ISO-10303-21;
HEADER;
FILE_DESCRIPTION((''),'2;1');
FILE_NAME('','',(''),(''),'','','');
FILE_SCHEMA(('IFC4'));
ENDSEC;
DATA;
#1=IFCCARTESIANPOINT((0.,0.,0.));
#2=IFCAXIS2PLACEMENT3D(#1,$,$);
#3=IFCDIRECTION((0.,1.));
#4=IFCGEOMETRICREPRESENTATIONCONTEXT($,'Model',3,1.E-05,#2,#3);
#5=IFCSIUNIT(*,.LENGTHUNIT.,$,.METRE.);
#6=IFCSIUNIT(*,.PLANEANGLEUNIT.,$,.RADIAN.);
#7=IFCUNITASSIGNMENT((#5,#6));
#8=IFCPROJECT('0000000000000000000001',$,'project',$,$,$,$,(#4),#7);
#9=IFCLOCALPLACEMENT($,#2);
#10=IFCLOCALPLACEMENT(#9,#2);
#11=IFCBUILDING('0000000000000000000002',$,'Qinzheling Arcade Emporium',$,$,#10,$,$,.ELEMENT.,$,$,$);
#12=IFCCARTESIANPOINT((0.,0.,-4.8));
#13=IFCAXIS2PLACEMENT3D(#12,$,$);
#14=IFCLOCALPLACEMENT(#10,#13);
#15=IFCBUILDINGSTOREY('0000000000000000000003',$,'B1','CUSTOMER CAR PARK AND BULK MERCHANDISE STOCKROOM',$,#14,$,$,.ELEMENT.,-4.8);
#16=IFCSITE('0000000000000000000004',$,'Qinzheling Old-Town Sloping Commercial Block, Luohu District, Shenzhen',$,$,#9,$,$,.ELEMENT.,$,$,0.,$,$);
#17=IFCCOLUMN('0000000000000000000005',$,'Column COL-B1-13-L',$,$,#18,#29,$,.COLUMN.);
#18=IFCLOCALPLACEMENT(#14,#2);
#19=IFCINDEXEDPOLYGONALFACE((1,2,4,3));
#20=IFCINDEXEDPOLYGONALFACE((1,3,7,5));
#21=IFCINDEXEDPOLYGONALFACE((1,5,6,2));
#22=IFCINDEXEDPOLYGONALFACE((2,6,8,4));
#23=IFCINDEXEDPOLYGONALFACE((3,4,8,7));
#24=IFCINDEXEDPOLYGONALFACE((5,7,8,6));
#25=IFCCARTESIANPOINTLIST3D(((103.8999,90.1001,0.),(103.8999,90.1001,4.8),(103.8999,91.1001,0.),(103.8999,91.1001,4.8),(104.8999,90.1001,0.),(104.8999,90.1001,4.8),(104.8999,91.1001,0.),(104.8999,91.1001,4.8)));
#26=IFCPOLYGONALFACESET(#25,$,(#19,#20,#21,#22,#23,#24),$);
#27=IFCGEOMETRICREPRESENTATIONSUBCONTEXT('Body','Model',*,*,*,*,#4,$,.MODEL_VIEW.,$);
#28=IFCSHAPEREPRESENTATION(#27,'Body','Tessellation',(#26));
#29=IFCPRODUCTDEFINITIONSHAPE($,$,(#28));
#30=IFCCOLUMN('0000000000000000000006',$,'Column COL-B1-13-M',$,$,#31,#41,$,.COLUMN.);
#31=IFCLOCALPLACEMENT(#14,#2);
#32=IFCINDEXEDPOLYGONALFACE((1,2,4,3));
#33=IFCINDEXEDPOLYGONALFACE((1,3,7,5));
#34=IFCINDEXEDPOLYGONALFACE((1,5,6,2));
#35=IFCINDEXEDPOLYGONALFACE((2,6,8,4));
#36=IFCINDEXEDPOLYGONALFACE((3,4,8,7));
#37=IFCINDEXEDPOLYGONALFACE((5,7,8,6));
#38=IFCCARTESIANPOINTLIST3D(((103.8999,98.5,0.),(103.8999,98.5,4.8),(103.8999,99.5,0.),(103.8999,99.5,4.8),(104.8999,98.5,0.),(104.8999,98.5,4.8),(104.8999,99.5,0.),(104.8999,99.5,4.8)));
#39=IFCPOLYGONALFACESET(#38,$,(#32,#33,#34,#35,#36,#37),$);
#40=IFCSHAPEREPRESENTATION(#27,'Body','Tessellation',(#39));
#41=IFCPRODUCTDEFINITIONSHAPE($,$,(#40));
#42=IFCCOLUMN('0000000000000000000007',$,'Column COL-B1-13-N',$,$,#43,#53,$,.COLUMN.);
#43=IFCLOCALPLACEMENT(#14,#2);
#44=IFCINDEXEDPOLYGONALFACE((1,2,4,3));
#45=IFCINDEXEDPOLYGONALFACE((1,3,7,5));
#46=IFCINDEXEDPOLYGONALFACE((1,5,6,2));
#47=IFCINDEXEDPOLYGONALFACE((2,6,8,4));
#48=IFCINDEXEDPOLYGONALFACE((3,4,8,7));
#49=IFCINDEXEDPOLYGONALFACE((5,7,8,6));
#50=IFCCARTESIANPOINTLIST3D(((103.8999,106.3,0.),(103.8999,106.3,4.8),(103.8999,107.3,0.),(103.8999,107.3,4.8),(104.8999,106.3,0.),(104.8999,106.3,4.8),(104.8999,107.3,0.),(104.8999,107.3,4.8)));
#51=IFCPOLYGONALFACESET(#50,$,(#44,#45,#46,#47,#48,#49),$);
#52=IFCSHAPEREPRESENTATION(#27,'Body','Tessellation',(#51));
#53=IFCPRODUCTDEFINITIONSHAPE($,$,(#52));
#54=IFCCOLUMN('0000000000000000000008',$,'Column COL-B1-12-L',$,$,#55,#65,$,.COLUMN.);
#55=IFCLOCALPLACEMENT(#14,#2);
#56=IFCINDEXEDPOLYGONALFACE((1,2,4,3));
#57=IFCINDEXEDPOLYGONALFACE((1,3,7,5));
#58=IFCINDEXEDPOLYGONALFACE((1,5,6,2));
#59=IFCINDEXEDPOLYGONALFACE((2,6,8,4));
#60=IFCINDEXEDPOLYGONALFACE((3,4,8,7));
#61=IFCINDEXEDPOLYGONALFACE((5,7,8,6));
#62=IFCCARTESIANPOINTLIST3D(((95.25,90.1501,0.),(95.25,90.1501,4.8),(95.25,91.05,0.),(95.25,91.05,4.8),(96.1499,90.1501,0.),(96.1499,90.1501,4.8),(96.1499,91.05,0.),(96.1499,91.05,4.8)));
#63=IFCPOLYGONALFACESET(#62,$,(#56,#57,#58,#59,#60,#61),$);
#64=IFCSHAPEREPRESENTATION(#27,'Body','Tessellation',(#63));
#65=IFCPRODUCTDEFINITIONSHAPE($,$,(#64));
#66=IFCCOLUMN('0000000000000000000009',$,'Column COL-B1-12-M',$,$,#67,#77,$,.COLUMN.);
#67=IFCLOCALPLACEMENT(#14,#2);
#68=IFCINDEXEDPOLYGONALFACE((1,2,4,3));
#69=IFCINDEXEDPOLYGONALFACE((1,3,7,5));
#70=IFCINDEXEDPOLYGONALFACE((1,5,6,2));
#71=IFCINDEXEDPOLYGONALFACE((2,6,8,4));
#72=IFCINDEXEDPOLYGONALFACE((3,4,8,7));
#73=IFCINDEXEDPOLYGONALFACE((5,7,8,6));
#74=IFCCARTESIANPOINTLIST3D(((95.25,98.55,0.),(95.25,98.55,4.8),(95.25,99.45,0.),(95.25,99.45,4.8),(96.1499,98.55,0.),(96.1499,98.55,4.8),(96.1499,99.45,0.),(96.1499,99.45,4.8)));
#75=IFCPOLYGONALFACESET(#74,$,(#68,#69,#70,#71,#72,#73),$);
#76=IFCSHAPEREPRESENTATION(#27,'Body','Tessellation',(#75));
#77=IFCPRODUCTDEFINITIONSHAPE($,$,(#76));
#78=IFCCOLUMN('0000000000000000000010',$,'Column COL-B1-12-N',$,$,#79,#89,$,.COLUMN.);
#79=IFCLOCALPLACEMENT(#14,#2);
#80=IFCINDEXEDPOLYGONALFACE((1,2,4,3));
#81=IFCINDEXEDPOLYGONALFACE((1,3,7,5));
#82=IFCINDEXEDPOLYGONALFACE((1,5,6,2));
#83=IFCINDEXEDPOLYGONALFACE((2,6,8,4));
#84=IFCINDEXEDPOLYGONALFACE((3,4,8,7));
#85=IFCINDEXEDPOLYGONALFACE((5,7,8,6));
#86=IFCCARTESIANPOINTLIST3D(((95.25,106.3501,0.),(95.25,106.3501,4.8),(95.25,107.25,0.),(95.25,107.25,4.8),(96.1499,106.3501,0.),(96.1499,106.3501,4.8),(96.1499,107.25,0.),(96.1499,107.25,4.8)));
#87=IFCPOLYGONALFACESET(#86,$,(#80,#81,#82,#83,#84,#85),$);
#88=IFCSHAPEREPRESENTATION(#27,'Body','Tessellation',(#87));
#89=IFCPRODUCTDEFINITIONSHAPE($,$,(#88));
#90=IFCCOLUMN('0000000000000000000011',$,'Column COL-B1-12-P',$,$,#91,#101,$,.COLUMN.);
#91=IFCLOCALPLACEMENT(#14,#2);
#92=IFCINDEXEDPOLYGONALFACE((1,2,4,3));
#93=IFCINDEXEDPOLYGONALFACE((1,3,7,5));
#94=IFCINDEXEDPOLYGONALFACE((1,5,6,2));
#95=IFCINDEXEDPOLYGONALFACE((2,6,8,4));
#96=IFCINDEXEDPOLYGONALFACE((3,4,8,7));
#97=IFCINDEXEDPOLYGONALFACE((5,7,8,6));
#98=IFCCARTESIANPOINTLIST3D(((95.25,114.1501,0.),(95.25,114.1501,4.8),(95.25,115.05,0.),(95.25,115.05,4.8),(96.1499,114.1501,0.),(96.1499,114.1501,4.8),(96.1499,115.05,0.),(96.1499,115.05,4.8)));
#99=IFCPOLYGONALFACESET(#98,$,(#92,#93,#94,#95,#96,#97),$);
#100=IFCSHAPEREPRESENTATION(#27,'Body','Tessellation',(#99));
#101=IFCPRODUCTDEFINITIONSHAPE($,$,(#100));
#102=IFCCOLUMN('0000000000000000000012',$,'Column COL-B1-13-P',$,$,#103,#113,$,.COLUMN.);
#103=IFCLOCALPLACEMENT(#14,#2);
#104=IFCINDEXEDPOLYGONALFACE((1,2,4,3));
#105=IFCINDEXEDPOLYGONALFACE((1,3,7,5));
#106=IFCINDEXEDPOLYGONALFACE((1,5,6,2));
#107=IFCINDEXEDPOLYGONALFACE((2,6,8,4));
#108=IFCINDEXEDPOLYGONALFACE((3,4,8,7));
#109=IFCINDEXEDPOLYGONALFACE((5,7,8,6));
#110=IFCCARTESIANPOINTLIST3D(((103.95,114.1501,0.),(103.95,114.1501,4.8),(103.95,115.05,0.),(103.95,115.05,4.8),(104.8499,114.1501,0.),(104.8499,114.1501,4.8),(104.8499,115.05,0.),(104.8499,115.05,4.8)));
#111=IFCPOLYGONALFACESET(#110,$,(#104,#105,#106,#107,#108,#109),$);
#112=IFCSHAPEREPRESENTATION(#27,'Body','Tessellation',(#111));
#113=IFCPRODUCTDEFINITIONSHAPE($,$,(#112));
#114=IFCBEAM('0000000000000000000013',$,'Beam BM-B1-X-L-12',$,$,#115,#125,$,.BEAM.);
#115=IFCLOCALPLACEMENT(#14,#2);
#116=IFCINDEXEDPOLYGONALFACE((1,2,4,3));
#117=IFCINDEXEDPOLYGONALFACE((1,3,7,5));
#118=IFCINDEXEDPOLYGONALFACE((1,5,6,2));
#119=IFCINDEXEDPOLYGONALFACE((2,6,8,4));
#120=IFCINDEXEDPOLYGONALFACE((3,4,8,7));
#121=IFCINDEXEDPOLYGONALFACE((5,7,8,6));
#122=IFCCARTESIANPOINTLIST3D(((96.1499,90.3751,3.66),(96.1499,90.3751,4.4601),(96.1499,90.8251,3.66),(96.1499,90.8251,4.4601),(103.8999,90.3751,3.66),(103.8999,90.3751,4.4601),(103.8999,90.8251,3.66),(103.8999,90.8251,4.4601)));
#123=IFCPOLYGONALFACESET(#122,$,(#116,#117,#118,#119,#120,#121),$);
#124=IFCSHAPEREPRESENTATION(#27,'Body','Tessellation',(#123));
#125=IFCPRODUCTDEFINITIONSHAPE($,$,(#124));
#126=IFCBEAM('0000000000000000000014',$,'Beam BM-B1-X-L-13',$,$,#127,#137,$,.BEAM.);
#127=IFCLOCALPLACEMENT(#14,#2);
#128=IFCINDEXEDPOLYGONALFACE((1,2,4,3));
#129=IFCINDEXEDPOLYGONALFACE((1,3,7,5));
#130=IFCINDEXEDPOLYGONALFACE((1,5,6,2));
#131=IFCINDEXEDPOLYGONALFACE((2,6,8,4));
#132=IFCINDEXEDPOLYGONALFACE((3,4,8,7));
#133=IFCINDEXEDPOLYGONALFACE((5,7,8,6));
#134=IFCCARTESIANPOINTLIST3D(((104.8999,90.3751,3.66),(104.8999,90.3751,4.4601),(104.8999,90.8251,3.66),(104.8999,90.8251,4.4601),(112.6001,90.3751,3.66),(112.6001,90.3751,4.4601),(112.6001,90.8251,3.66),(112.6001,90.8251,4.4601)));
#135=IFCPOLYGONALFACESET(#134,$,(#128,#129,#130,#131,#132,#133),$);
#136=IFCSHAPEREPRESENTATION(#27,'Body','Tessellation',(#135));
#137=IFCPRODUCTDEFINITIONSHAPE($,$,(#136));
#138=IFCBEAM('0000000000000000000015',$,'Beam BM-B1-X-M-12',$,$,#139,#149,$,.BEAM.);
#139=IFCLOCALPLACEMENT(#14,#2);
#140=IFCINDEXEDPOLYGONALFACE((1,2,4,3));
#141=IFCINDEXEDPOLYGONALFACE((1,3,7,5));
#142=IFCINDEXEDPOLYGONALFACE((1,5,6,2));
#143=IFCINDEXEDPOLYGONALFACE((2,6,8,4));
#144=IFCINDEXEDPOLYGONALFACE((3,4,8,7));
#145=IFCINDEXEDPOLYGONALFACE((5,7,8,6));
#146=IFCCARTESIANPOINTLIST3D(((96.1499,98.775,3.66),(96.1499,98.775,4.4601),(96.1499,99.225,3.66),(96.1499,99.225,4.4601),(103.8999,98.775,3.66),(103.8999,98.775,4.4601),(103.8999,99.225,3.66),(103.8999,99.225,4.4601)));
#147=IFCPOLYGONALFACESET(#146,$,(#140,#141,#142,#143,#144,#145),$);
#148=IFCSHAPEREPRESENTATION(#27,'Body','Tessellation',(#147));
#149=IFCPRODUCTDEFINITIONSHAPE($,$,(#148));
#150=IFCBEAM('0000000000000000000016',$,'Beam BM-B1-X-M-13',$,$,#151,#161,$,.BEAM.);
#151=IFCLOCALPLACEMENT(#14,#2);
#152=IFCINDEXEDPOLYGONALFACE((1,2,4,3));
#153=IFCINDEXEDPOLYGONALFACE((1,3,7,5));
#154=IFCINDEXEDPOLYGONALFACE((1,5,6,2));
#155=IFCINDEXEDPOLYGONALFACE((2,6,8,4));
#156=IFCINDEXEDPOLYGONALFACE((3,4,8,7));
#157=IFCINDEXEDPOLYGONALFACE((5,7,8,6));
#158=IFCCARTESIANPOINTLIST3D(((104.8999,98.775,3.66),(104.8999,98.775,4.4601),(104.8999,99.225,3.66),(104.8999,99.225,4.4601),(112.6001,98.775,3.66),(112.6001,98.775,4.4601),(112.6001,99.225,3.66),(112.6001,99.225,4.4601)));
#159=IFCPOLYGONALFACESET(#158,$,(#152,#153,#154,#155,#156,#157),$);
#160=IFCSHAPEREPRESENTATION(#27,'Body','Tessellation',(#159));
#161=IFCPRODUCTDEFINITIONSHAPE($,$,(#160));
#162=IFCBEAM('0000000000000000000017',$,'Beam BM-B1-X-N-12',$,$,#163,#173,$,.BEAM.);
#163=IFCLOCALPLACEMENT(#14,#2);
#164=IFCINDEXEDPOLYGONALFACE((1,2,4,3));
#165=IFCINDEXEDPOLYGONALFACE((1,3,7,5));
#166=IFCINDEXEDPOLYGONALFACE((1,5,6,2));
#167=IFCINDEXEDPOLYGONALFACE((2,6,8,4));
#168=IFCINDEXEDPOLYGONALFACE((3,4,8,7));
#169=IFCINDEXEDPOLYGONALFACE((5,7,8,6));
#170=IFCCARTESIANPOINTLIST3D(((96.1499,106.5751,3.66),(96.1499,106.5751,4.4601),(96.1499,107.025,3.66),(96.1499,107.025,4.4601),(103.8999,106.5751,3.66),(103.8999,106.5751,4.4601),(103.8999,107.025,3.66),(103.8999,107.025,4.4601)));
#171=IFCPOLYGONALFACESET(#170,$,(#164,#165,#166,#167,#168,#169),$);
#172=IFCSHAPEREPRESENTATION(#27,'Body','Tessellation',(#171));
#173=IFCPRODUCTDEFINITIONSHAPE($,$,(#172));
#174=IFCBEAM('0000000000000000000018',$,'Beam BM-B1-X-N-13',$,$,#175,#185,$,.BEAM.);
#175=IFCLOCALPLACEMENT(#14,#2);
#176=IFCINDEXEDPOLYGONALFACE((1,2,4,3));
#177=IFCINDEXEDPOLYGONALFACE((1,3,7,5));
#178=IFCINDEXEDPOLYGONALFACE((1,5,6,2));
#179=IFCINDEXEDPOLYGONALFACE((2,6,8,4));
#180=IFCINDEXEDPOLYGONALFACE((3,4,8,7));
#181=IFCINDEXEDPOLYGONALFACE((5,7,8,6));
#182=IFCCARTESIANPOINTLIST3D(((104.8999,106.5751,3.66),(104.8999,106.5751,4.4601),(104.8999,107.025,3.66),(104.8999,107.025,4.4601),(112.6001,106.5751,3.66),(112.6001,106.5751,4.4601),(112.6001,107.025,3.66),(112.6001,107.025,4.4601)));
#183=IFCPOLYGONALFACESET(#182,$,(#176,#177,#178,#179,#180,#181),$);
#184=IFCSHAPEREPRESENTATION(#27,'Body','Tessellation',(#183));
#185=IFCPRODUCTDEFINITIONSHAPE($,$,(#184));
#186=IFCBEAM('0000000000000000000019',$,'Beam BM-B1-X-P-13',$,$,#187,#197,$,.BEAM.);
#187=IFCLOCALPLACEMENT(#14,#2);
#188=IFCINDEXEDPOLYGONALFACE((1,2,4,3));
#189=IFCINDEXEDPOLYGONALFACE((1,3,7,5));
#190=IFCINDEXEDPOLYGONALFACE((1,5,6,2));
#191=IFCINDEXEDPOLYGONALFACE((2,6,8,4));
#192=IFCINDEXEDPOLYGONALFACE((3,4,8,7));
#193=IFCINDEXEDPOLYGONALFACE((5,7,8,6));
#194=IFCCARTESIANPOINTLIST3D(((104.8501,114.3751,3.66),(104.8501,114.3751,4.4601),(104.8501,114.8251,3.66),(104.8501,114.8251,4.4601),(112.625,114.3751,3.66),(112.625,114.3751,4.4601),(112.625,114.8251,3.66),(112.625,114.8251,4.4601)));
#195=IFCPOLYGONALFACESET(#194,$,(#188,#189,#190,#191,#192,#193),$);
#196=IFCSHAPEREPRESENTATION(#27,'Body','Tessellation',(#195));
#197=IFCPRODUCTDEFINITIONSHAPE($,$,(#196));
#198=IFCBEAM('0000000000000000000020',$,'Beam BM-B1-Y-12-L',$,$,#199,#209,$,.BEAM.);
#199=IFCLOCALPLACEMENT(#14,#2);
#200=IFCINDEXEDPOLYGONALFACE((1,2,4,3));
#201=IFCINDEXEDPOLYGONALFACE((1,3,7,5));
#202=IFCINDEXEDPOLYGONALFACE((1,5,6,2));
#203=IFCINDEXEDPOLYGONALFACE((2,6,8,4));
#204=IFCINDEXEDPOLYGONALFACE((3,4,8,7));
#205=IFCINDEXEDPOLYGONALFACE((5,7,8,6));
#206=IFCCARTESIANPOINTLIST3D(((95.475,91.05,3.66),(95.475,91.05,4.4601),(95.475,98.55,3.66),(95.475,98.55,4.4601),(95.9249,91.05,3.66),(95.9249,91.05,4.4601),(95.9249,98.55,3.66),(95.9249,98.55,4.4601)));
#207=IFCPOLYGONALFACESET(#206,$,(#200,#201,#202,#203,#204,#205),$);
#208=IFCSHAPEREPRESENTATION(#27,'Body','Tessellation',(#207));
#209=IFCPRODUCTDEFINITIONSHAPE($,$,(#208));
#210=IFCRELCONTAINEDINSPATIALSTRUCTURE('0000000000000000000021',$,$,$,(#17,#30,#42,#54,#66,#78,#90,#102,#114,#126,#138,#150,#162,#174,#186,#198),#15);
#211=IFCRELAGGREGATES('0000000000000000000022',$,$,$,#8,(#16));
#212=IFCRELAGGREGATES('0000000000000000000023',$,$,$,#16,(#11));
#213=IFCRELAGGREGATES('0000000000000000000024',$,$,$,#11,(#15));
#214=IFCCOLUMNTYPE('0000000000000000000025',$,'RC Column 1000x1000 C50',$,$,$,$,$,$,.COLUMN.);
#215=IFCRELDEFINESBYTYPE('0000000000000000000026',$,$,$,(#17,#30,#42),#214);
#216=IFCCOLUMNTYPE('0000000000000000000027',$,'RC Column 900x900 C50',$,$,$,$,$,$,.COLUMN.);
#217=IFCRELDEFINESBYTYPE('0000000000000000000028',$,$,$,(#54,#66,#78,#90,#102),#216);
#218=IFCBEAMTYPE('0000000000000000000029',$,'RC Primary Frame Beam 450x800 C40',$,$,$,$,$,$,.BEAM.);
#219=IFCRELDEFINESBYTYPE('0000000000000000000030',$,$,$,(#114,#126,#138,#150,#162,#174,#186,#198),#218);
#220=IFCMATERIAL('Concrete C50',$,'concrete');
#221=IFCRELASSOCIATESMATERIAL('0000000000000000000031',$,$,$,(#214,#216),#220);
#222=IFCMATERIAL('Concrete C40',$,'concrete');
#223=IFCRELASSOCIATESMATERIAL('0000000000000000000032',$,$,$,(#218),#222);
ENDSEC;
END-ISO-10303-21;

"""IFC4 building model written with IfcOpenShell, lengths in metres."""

from ifc_helpers import new_model, si_unit, direction, frame, origin, origin_2d, place, context, subcontext, project, spatial, rectangle, extrude, material, material_profile, profile_set, type_object, element, save


model = new_model("IFC4")

# Units and contexts
model_context = context("Model", 3, precision=1e-05, world=origin(), true_north=direction((0.0, 1.0)))
body_context = subcontext(model_context, "Body", "Model", "MODEL_VIEW")
ifc_project = project(units=[si_unit("LENGTHUNIT", "METRE"), si_unit("PLANEANGLEUNIT", "RADIAN")], contexts=[model_context])

# Site, building, storey
site_placement = place(None, origin())
site = spatial("IfcSite", under=ifc_project, at=site_placement, Name="Qinzheling Old-Town Sloping Commercial Block, Luohu District, Shenzhen", CompositionType="ELEMENT", RefElevation=0.0)
building_placement = place(site_placement, origin())
building = spatial("IfcBuilding", under=site, at=building_placement, Name="Qinzheling Arcade Emporium", CompositionType="ELEMENT")
storey_placement = place(building_placement, frame((0.0, 0.0, -4.8)))
storey = spatial("IfcBuildingStorey", under=building, at=storey_placement, Name="B1", Description="CUSTOMER CAR PARK AND BULK MERCHANDISE STOCKROOM", CompositionType="ELEMENT", Elevation=-4.8)

# Columns
ifc_material_1 = material(Name="Concrete C50", Category="concrete")
ifc_material_profile_1 = material_profile(ifc_material_1, rectangle(XDim=1.0, YDim=1.0, at=origin_2d()), Name="RC 1000x1000", Category="concrete")
ifc_profile_set_1 = profile_set([ifc_material_profile_1], Name="Concrete C50")
column_type_1 = type_object("IfcColumnType", Name="RC Column 1000x1000 C50", PredefinedType="COLUMN", material=ifc_profile_set_1)
for number, where, z_axis, x_axis, name in (
    (1, (104.3999, 90.6001, 0.0), (0.0, 0.0, 1.0), (1.0, 0.0, 0.0), "Column COL-B1-13-L"),
    (2, (104.3999, 99.0, 0.0), (0.0, 0.0, 1.0), (1.0, 0.0, 0.0), "Column COL-B1-13-M"),
    (3, (104.3999, 106.8, 0.0), (0.0, 0.0, 1.0), (1.0, 0.0, 0.0), "Column COL-B1-13-N"),
):
    element("IfcColumn", number, at=place(storey_placement, frame(where, z_axis=z_axis, x_axis=x_axis)), inside=storey, type_object=column_type_1, Name=name, PredefinedType="COLUMN", context=body_context, shape_type="SweptSolid", body=[
        extrude(rectangle(XDim=1.0, YDim=1.0, at=origin_2d()), origin(), (0.0, 0.0, 1.0), 4.8),
    ])
ifc_material_profile_2 = material_profile(ifc_material_1, rectangle(XDim=0.8999, YDim=0.8999, at=origin_2d()), Name="RC 900x900", Category="concrete")
ifc_profile_set_2 = profile_set([ifc_material_profile_2], Name="Concrete C50")
column_type_2 = type_object("IfcColumnType", Name="RC Column 900x900 C50", PredefinedType="COLUMN", material=ifc_profile_set_2)
for number, where, z_axis, x_axis, name in (
    (4, (95.7, 90.6001, 0.0), (0.0, 0.0, 1.0), (1.0, 0.0, 0.0), "Column COL-B1-12-L"),
    (5, (95.7, 99.0, 0.0), (0.0, 0.0, 1.0), (1.0, 0.0, 0.0), "Column COL-B1-12-M"),
    (6, (95.7, 106.8, 0.0), (0.0, 0.0, 1.0), (1.0, 0.0, 0.0), "Column COL-B1-12-N"),
    (7, (95.7, 114.6001, 0.0), (0.0, 0.0, 1.0), (1.0, 0.0, 0.0), "Column COL-B1-12-P"),
    (8, (104.3999, 114.6001, 0.0), (0.0, 0.0, 1.0), (1.0, 0.0, 0.0), "Column COL-B1-13-P"),
):
    element("IfcColumn", number, at=place(storey_placement, frame(where, z_axis=z_axis, x_axis=x_axis)), inside=storey, type_object=column_type_2, Name=name, PredefinedType="COLUMN", context=body_context, shape_type="SweptSolid", body=[
        extrude(rectangle(XDim=0.8999, YDim=0.8999, at=origin_2d()), origin(), (0.0, 0.0, 1.0), 4.8),
    ])

# Beams
ifc_material_2 = material(Name="Concrete C40", Category="concrete")
ifc_material_profile_3 = material_profile(ifc_material_2, rectangle(XDim=0.45, YDim=0.8, at=origin_2d()), Name="RC 450x800", Category="concrete")
ifc_profile_set_3 = profile_set([ifc_material_profile_3], Name="Concrete C40")
beam_type_1 = type_object("IfcBeamType", Name="RC Primary Frame Beam 450x800 C40", PredefinedType="BEAM", material=ifc_profile_set_3)
beam_1_placement = place(storey_placement, frame((96.1499, 90.6001, 4.0601), z_axis=(1.0, 0.0, 0.0), x_axis=(0.0, 1.0, 0.0)))
element("IfcBeam", 9, at=beam_1_placement, inside=storey, type_object=beam_type_1, Name="Beam BM-B1-X-L-12", PredefinedType="BEAM", context=body_context, shape_type="SweptSolid", body=[
    extrude(rectangle(XDim=0.45, YDim=0.8, at=origin_2d()), origin(), (0.0, 0.0, 1.0), 7.75),
])
beam_2_placement = place(storey_placement, frame((104.8999, 90.6001, 4.0601), z_axis=(1.0, 0.0, 0.0), x_axis=(0.0, 1.0, 0.0)))
element("IfcBeam", 10, at=beam_2_placement, inside=storey, type_object=beam_type_1, Name="Beam BM-B1-X-L-13", PredefinedType="BEAM", context=body_context, shape_type="SweptSolid", body=[
    extrude(rectangle(XDim=0.45, YDim=0.8, at=origin_2d()), origin(), (0.0, 0.0, 1.0), 7.7002),
])
beam_3_placement = place(storey_placement, frame((96.1499, 99.0, 4.0601), z_axis=(1.0, 0.0, 0.0), x_axis=(0.0, 1.0, 0.0)))
element("IfcBeam", 11, at=beam_3_placement, inside=storey, type_object=beam_type_1, Name="Beam BM-B1-X-M-12", PredefinedType="BEAM", context=body_context, shape_type="SweptSolid", body=[
    extrude(rectangle(XDim=0.45, YDim=0.8, at=origin_2d()), origin(), (0.0, 0.0, 1.0), 7.75),
])
beam_4_placement = place(storey_placement, frame((104.8999, 99.0, 4.0601), z_axis=(1.0, 0.0, 0.0), x_axis=(0.0, 1.0, 0.0)))
element("IfcBeam", 12, at=beam_4_placement, inside=storey, type_object=beam_type_1, Name="Beam BM-B1-X-M-13", PredefinedType="BEAM", context=body_context, shape_type="SweptSolid", body=[
    extrude(rectangle(XDim=0.45, YDim=0.8, at=origin_2d()), origin(), (0.0, 0.0, 1.0), 7.7002),
])
beam_5_placement = place(storey_placement, frame((96.1499, 106.8, 4.0601), z_axis=(1.0, 0.0, 0.0), x_axis=(0.0, 1.0, 0.0)))
element("IfcBeam", 13, at=beam_5_placement, inside=storey, type_object=beam_type_1, Name="Beam BM-B1-X-N-12", PredefinedType="BEAM", context=body_context, shape_type="SweptSolid", body=[
    extrude(rectangle(XDim=0.45, YDim=0.8, at=origin_2d()), origin(), (0.0, 0.0, 1.0), 7.75),
])
beam_6_placement = place(storey_placement, frame((104.8999, 106.8, 4.0601), z_axis=(1.0, 0.0, 0.0), x_axis=(0.0, 1.0, 0.0)))
element("IfcBeam", 14, at=beam_6_placement, inside=storey, type_object=beam_type_1, Name="Beam BM-B1-X-N-13", PredefinedType="BEAM", context=body_context, shape_type="SweptSolid", body=[
    extrude(rectangle(XDim=0.45, YDim=0.8, at=origin_2d()), origin(), (0.0, 0.0, 1.0), 7.7002),
])
beam_7_placement = place(storey_placement, frame((104.8501, 114.6001, 4.0601), z_axis=(1.0, 0.0, 0.0), x_axis=(0.0, 1.0, 0.0)))
element("IfcBeam", 15, at=beam_7_placement, inside=storey, type_object=beam_type_1, Name="Beam BM-B1-X-P-13", PredefinedType="BEAM", context=body_context, shape_type="SweptSolid", body=[
    extrude(rectangle(XDim=0.45, YDim=0.8, at=origin_2d()), origin(), (0.0, 0.0, 1.0), 7.7749),
])
beam_8_placement = place(storey_placement, frame((95.7, 91.05, 4.0601), z_axis=(0.0, 1.0, 0.0), x_axis=(-1.0, 0.0, 0.0)))
element("IfcBeam", 16, at=beam_8_placement, inside=storey, type_object=beam_type_1, Name="Beam BM-B1-Y-12-L", PredefinedType="BEAM", context=body_context, shape_type="SweptSolid", body=[
    extrude(rectangle(XDim=0.45, YDim=0.8, at=origin_2d()), origin(), (0.0, 0.0, 1.0), 7.5),
])

save(model, "model.ifc")
